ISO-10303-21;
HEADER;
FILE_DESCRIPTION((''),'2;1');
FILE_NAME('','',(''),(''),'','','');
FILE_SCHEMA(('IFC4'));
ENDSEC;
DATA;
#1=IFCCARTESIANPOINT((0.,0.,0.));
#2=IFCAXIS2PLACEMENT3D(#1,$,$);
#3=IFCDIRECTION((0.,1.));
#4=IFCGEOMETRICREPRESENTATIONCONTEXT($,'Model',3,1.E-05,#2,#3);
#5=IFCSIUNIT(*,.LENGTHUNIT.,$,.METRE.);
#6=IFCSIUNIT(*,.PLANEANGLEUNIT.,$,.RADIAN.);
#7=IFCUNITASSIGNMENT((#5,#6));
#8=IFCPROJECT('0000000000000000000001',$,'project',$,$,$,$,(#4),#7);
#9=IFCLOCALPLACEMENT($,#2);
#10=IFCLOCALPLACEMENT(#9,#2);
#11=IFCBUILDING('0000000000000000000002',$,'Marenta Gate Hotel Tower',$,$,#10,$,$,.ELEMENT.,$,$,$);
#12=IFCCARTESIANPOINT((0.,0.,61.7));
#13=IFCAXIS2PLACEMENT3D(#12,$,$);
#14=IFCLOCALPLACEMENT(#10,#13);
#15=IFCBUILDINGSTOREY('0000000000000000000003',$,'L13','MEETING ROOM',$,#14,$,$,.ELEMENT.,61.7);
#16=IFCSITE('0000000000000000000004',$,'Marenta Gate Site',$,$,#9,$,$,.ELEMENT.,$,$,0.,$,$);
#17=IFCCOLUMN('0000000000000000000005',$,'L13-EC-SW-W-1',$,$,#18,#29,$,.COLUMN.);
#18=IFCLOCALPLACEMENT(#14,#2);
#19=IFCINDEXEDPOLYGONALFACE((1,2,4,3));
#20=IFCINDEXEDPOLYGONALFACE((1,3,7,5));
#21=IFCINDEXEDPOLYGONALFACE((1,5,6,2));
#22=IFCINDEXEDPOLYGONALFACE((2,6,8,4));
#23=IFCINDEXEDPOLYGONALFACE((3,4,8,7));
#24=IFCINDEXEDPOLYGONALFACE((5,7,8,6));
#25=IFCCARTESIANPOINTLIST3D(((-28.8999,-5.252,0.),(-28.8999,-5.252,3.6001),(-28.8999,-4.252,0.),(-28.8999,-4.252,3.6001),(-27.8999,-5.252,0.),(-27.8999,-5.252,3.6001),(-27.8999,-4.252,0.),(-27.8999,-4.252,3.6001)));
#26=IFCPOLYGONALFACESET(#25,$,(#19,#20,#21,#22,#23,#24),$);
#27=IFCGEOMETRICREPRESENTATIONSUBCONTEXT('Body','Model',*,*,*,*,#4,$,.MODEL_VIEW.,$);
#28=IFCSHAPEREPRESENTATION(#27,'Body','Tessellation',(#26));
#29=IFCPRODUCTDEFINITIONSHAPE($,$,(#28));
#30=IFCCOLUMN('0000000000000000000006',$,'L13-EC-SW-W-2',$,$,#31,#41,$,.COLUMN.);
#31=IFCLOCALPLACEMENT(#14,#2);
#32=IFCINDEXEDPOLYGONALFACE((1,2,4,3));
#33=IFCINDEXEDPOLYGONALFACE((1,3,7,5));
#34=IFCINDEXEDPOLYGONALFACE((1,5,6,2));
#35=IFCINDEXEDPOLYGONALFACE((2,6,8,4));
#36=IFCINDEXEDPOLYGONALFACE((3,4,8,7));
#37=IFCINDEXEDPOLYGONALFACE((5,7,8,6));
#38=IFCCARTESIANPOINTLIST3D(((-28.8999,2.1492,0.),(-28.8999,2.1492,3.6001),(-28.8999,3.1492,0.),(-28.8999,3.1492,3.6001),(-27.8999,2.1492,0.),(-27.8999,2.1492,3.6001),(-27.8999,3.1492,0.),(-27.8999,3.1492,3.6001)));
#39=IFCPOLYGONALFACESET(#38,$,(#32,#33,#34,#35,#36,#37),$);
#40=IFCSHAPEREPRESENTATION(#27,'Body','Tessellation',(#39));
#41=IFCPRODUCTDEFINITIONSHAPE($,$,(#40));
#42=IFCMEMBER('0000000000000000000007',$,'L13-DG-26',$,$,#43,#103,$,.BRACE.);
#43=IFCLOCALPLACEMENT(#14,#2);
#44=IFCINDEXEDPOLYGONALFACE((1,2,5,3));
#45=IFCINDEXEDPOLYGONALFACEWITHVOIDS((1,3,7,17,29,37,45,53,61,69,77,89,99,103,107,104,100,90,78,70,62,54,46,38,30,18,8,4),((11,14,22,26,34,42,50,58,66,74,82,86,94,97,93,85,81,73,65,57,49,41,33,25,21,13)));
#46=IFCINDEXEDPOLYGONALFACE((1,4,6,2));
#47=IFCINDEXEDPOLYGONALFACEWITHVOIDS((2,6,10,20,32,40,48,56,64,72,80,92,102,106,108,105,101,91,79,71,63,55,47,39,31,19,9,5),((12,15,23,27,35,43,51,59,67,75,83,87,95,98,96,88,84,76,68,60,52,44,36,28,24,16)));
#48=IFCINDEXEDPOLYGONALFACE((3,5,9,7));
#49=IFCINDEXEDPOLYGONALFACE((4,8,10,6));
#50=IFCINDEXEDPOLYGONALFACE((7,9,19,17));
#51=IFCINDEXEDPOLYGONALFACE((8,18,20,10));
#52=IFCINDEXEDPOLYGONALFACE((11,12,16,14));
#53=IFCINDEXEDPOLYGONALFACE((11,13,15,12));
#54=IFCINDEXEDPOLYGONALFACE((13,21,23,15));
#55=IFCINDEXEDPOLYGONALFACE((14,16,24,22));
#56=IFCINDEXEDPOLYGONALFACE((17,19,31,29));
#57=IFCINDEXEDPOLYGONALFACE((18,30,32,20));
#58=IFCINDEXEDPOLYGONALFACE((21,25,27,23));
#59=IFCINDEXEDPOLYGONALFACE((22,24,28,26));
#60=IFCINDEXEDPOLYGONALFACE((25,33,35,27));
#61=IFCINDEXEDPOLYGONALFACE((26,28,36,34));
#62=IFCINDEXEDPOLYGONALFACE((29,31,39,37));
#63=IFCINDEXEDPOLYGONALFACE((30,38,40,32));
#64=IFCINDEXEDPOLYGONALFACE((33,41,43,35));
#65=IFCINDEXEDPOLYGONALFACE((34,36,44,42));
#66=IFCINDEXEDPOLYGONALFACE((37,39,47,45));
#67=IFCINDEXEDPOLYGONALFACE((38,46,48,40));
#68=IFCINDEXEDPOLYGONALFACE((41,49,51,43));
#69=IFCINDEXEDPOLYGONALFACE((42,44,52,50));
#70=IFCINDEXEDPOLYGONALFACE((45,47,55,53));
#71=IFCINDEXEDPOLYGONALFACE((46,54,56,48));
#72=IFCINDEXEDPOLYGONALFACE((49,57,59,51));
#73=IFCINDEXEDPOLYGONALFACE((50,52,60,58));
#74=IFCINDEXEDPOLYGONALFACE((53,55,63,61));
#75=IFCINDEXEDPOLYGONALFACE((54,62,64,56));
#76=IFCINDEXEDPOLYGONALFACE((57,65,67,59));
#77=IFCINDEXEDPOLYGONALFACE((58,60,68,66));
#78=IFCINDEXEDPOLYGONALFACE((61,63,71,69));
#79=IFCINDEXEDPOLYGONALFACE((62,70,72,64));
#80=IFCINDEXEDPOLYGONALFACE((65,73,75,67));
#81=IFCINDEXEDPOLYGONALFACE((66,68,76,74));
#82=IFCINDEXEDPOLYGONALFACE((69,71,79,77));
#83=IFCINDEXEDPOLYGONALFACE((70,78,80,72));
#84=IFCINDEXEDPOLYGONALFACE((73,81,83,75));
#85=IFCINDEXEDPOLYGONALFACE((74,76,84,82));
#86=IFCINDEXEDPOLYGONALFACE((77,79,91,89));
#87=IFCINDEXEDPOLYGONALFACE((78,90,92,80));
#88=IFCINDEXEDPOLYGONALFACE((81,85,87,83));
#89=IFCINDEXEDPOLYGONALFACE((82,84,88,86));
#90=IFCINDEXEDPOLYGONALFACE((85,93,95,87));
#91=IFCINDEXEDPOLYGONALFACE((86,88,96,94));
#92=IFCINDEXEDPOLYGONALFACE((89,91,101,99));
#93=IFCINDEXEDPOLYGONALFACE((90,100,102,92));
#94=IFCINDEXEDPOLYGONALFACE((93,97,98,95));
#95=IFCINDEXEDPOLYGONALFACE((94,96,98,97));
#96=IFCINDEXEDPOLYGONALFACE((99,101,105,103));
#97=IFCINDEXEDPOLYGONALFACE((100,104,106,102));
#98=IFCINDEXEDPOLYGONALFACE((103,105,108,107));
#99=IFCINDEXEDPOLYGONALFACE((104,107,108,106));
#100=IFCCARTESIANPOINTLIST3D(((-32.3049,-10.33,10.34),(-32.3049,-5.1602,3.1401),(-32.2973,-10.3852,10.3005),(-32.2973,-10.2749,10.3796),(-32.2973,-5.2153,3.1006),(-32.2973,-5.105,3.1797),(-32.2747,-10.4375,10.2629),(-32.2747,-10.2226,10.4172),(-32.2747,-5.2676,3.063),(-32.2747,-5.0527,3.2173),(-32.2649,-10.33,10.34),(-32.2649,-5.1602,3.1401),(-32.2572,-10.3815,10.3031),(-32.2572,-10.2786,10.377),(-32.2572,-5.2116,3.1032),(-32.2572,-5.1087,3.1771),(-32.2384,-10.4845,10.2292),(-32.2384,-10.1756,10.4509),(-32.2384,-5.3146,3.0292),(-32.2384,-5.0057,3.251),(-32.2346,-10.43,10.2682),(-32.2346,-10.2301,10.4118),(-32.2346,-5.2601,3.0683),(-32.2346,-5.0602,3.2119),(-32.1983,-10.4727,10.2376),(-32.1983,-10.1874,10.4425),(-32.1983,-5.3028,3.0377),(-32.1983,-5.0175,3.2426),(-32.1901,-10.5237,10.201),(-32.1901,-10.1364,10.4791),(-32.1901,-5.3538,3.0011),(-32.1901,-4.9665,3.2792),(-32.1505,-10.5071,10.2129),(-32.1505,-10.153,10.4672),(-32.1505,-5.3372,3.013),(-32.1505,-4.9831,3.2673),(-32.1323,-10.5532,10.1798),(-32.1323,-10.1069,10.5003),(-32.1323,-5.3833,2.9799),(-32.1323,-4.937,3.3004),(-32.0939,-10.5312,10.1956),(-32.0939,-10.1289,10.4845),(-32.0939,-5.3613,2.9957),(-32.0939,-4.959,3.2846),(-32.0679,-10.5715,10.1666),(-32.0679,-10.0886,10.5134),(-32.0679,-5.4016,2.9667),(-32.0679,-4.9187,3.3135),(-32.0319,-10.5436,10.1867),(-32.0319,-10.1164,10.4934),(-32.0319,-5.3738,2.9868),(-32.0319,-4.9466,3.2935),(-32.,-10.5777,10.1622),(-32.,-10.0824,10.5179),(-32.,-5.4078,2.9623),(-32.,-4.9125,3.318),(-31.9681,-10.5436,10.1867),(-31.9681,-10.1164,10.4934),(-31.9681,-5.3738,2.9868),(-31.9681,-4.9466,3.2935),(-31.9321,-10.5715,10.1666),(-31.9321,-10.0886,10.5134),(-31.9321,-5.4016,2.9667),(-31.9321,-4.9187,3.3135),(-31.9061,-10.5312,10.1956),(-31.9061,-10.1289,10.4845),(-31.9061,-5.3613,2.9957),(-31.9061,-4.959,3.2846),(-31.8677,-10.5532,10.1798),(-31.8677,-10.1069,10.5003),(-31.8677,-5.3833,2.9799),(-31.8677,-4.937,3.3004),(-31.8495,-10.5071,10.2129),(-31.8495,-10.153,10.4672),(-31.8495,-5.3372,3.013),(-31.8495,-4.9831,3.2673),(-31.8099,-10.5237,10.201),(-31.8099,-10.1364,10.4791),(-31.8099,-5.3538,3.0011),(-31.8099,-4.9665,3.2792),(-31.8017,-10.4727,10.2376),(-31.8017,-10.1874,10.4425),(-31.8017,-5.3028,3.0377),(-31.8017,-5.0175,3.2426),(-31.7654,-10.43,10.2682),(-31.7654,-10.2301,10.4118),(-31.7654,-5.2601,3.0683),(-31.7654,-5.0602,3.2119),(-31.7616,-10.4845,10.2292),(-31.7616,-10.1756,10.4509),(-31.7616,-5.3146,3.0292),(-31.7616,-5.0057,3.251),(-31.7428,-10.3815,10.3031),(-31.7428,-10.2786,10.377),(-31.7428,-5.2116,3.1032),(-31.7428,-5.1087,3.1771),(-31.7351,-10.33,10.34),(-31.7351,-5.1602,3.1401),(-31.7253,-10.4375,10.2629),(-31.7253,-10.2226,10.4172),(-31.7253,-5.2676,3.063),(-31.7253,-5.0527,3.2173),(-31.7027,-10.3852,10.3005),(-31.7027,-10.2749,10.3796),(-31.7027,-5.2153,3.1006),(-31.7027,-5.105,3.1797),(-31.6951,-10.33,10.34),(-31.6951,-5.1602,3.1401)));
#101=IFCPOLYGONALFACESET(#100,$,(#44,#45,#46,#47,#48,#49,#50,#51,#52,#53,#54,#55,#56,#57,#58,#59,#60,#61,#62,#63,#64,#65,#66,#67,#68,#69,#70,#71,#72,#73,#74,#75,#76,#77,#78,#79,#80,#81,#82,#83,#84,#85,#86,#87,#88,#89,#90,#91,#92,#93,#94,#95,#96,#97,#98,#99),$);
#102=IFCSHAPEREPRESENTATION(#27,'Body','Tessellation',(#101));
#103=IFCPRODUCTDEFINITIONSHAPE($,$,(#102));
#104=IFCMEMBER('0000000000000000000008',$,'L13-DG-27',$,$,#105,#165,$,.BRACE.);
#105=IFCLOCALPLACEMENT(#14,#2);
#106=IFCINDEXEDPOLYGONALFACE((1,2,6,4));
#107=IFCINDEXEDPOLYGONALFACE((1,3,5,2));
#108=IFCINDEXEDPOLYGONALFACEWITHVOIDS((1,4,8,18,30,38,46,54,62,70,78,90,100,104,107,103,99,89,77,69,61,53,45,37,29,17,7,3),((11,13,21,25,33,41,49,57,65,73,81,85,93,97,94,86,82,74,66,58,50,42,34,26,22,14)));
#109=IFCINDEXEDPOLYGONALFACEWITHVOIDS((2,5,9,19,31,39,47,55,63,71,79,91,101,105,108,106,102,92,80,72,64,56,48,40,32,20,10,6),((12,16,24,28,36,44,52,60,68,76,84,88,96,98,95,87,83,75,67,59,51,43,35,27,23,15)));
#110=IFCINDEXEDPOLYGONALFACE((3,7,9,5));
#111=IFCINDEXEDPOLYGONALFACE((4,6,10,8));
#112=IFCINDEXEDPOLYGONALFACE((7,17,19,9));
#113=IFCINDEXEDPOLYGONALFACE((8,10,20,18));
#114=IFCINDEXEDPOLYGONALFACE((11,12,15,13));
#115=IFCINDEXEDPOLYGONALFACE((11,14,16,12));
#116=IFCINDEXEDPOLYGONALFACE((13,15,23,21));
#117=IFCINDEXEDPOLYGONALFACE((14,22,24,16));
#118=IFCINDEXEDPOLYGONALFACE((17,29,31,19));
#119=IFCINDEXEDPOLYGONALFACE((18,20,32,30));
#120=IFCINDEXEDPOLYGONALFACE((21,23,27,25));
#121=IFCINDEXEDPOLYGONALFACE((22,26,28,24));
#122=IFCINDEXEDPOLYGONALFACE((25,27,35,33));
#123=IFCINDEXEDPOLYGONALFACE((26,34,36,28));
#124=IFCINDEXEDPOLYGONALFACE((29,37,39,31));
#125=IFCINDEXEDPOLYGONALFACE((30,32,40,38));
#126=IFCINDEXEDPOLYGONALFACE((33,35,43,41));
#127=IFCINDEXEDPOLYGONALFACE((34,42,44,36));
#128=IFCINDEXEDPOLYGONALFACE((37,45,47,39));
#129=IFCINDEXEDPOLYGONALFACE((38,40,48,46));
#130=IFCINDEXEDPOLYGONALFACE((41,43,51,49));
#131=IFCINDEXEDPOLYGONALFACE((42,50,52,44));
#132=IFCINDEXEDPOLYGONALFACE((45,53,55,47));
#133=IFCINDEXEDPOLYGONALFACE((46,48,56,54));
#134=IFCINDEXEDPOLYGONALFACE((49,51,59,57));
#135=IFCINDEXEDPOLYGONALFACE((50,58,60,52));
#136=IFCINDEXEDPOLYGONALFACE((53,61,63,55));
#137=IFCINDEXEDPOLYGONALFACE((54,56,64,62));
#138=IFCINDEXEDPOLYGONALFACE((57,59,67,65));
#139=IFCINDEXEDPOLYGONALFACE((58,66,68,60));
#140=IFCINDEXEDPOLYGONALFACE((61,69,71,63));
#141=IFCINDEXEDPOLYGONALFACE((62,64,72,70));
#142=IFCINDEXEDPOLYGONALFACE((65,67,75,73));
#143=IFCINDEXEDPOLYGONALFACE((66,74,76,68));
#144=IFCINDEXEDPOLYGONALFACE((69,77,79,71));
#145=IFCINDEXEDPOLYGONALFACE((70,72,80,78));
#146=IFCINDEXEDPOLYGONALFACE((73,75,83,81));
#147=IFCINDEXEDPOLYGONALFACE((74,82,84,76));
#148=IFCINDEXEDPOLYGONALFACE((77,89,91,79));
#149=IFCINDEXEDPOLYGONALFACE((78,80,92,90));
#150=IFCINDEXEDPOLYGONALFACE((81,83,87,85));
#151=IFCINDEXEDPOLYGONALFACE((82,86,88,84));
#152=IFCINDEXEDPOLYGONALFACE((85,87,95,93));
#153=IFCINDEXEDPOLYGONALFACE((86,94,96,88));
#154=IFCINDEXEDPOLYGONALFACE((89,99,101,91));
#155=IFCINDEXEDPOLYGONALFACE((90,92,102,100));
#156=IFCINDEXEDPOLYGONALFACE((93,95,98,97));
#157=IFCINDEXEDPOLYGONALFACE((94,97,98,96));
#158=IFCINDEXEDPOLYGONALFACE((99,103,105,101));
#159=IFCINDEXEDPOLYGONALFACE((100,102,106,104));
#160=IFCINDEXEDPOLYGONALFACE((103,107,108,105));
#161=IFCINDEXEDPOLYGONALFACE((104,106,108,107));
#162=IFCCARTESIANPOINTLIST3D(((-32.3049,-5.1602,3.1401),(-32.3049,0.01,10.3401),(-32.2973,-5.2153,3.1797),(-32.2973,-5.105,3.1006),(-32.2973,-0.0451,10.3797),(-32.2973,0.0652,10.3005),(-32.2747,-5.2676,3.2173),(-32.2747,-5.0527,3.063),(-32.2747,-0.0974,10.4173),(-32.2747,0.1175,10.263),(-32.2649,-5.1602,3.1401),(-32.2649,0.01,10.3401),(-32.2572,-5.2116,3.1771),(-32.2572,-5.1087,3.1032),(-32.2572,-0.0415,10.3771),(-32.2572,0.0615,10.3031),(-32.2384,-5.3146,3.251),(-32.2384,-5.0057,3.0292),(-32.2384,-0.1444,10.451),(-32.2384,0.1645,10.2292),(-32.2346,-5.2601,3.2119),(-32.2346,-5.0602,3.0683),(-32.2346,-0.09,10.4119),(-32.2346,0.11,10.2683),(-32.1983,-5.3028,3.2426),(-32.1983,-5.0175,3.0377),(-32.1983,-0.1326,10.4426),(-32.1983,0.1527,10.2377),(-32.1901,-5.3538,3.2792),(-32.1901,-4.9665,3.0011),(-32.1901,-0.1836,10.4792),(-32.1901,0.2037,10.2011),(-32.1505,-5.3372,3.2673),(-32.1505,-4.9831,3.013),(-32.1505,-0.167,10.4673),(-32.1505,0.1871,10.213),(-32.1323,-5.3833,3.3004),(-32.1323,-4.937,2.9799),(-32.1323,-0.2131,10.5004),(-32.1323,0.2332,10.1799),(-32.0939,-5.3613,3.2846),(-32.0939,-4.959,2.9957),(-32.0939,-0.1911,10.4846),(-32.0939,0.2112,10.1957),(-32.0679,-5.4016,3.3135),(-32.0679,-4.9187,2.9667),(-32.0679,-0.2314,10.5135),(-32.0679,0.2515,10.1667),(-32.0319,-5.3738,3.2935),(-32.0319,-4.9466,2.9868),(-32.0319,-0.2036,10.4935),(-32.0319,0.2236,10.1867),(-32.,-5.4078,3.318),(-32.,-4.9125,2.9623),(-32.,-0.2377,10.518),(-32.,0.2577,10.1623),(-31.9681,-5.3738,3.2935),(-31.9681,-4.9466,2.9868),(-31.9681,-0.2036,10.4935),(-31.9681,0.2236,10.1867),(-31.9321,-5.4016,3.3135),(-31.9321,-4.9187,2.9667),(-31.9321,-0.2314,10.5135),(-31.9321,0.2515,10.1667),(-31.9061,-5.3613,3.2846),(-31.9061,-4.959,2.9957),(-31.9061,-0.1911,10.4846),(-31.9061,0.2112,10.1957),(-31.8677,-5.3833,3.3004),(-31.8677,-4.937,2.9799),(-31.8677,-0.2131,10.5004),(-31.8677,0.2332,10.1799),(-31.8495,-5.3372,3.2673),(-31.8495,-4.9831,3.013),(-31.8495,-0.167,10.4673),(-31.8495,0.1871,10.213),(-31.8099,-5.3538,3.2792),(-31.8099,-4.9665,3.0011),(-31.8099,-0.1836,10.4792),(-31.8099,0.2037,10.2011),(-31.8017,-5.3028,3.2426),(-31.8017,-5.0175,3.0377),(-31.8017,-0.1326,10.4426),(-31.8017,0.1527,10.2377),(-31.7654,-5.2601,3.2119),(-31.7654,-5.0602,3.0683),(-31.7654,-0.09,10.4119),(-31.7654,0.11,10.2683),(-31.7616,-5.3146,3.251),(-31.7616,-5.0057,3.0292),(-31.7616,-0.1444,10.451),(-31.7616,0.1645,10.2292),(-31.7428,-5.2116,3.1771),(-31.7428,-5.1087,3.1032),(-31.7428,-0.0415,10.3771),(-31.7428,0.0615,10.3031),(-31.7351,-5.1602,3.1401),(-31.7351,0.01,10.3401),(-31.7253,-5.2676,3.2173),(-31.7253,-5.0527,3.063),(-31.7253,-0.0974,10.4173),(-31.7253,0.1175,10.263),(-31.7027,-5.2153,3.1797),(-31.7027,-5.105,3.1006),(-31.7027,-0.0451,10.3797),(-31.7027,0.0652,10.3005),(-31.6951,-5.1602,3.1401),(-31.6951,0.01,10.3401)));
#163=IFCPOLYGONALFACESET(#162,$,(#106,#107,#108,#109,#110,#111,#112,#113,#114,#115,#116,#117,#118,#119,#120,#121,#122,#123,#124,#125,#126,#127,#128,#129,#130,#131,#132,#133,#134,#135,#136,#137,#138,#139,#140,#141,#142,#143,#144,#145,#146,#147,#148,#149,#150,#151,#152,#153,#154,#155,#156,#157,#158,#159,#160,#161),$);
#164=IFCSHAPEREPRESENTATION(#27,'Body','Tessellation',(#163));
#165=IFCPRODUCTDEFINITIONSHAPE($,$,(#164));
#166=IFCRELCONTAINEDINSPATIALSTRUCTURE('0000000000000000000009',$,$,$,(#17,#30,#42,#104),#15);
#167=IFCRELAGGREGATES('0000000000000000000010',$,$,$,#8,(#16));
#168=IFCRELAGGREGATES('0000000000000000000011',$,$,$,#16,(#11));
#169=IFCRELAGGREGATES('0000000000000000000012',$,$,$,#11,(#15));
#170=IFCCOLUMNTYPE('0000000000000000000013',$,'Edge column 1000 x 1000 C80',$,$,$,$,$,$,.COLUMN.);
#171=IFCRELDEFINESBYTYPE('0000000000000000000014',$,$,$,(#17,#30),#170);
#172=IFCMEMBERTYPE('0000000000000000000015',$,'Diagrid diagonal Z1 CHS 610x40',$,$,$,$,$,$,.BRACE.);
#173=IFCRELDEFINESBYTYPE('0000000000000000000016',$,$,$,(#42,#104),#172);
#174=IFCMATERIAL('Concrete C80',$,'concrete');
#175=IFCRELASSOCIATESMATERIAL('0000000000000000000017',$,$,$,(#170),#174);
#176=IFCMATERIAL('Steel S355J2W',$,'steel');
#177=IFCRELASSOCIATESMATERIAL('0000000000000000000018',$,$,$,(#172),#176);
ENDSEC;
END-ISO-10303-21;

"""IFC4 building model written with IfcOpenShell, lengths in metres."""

from ifc_helpers import new_model, si_unit, direction, frame, origin, origin_2d, place, context, subcontext, project, spatial, rectangle, hollow_circle, extrude, material, material_profile, profile_set, type_object, element, save


model = new_model("IFC4")

# Units and contexts
model_context = context("Model", 3, precision=1e-05, world=origin(), true_north=direction((0.0, 1.0)))
body_context = subcontext(model_context, "Body", "Model", "MODEL_VIEW")
ifc_project = project(units=[si_unit("LENGTHUNIT", "METRE"), si_unit("PLANEANGLEUNIT", "RADIAN")], contexts=[model_context])

# Site, building, storey
site_placement = place(None, origin())
site = spatial("IfcSite", under=ifc_project, at=site_placement, Name="Marenta Gate Site", CompositionType="ELEMENT", RefElevation=0.0)
building_placement = place(site_placement, origin())
building = spatial("IfcBuilding", under=site, at=building_placement, Name="Marenta Gate Hotel Tower", CompositionType="ELEMENT")
storey_placement = place(building_placement, frame((0.0, 0.0, 61.7)))
storey = spatial("IfcBuildingStorey", under=building, at=storey_placement, Name="L13", Description="MEETING ROOM", CompositionType="ELEMENT", Elevation=61.7)

# Columns
ifc_material_1 = material(Name="Concrete C80", Category="concrete")
ifc_material_profile_1 = material_profile(ifc_material_1, rectangle(XDim=1.0, YDim=1.0, at=origin_2d()), Name="1000 x 1000")
ifc_profile_set_1 = profile_set([ifc_material_profile_1], Name="Concrete C80")
column_type = type_object("IfcColumnType", Name="Edge column 1000 x 1000 C80", PredefinedType="COLUMN", material=ifc_profile_set_1)
for number, where, z_axis, x_axis, name in (
    (1, (-28.3999, -4.752, 0.0), (0.0, 0.0, 1.0), (1.0, 0.0, 0.0), "L13-EC-SW-W-1"),
    (2, (-28.3999, 2.6492, 0.0), (0.0, 0.0, 1.0), (1.0, 0.0, 0.0), "L13-EC-SW-W-2"),
):
    element("IfcColumn", number, at=place(storey_placement, frame(where, z_axis=z_axis, x_axis=x_axis)), inside=storey, type_object=column_type, Name=name, PredefinedType="COLUMN", context=body_context, shape_type="SweptSolid", body=[
        extrude(rectangle(XDim=1.0, YDim=1.0, at=origin_2d()), origin(), (0.0, 0.0, 1.0), 3.6001),
    ])

# Members
ifc_material_2 = material(Name="Steel S355J2W", Category="steel")
ifc_material_profile_2 = material_profile(ifc_material_2, hollow_circle(Radius=0.3049, WallThickness=0.04, at=origin_2d()), Name="CHS 610x40")
ifc_profile_set_2 = profile_set([ifc_material_profile_2], Name="Steel S355J2W")
member_type_1 = type_object("IfcMemberType", Name="Diagrid diagonal Z1 CHS 610x40", PredefinedType="BRACE", material=ifc_profile_set_2)
member_1_placement = place(storey_placement, frame((-32.0, -5.1602, 3.1401), z_axis=(0.0, -0.583261, 0.812285), x_axis=(1.0, 0.0, 0.0)))
element("IfcMember", 3, at=member_1_placement, inside=storey, type_object=member_type_1, Name="L13-DG-26", PredefinedType="BRACE", context=body_context, shape_type="SweptSolid", body=[
    extrude(hollow_circle(Radius=0.3049, WallThickness=0.04, at=origin_2d()), origin(), (0.0, 0.0, 1.0), 8.8638),
])
member_2_placement = place(storey_placement, frame((-32.0, -5.1602, 3.1401), z_axis=(0.0, 0.583279, 0.812272), x_axis=(-1.0, 0.0, 0.0)))
element("IfcMember", 4, at=member_2_placement, inside=storey, type_object=member_type_1, Name="L13-DG-27", PredefinedType="BRACE", context=body_context, shape_type="SweptSolid", body=[
    extrude(hollow_circle(Radius=0.3049, WallThickness=0.04, at=origin_2d()), origin(), (0.0, 0.0, 1.0), 8.864),
])

save(model, "model.ifc")
